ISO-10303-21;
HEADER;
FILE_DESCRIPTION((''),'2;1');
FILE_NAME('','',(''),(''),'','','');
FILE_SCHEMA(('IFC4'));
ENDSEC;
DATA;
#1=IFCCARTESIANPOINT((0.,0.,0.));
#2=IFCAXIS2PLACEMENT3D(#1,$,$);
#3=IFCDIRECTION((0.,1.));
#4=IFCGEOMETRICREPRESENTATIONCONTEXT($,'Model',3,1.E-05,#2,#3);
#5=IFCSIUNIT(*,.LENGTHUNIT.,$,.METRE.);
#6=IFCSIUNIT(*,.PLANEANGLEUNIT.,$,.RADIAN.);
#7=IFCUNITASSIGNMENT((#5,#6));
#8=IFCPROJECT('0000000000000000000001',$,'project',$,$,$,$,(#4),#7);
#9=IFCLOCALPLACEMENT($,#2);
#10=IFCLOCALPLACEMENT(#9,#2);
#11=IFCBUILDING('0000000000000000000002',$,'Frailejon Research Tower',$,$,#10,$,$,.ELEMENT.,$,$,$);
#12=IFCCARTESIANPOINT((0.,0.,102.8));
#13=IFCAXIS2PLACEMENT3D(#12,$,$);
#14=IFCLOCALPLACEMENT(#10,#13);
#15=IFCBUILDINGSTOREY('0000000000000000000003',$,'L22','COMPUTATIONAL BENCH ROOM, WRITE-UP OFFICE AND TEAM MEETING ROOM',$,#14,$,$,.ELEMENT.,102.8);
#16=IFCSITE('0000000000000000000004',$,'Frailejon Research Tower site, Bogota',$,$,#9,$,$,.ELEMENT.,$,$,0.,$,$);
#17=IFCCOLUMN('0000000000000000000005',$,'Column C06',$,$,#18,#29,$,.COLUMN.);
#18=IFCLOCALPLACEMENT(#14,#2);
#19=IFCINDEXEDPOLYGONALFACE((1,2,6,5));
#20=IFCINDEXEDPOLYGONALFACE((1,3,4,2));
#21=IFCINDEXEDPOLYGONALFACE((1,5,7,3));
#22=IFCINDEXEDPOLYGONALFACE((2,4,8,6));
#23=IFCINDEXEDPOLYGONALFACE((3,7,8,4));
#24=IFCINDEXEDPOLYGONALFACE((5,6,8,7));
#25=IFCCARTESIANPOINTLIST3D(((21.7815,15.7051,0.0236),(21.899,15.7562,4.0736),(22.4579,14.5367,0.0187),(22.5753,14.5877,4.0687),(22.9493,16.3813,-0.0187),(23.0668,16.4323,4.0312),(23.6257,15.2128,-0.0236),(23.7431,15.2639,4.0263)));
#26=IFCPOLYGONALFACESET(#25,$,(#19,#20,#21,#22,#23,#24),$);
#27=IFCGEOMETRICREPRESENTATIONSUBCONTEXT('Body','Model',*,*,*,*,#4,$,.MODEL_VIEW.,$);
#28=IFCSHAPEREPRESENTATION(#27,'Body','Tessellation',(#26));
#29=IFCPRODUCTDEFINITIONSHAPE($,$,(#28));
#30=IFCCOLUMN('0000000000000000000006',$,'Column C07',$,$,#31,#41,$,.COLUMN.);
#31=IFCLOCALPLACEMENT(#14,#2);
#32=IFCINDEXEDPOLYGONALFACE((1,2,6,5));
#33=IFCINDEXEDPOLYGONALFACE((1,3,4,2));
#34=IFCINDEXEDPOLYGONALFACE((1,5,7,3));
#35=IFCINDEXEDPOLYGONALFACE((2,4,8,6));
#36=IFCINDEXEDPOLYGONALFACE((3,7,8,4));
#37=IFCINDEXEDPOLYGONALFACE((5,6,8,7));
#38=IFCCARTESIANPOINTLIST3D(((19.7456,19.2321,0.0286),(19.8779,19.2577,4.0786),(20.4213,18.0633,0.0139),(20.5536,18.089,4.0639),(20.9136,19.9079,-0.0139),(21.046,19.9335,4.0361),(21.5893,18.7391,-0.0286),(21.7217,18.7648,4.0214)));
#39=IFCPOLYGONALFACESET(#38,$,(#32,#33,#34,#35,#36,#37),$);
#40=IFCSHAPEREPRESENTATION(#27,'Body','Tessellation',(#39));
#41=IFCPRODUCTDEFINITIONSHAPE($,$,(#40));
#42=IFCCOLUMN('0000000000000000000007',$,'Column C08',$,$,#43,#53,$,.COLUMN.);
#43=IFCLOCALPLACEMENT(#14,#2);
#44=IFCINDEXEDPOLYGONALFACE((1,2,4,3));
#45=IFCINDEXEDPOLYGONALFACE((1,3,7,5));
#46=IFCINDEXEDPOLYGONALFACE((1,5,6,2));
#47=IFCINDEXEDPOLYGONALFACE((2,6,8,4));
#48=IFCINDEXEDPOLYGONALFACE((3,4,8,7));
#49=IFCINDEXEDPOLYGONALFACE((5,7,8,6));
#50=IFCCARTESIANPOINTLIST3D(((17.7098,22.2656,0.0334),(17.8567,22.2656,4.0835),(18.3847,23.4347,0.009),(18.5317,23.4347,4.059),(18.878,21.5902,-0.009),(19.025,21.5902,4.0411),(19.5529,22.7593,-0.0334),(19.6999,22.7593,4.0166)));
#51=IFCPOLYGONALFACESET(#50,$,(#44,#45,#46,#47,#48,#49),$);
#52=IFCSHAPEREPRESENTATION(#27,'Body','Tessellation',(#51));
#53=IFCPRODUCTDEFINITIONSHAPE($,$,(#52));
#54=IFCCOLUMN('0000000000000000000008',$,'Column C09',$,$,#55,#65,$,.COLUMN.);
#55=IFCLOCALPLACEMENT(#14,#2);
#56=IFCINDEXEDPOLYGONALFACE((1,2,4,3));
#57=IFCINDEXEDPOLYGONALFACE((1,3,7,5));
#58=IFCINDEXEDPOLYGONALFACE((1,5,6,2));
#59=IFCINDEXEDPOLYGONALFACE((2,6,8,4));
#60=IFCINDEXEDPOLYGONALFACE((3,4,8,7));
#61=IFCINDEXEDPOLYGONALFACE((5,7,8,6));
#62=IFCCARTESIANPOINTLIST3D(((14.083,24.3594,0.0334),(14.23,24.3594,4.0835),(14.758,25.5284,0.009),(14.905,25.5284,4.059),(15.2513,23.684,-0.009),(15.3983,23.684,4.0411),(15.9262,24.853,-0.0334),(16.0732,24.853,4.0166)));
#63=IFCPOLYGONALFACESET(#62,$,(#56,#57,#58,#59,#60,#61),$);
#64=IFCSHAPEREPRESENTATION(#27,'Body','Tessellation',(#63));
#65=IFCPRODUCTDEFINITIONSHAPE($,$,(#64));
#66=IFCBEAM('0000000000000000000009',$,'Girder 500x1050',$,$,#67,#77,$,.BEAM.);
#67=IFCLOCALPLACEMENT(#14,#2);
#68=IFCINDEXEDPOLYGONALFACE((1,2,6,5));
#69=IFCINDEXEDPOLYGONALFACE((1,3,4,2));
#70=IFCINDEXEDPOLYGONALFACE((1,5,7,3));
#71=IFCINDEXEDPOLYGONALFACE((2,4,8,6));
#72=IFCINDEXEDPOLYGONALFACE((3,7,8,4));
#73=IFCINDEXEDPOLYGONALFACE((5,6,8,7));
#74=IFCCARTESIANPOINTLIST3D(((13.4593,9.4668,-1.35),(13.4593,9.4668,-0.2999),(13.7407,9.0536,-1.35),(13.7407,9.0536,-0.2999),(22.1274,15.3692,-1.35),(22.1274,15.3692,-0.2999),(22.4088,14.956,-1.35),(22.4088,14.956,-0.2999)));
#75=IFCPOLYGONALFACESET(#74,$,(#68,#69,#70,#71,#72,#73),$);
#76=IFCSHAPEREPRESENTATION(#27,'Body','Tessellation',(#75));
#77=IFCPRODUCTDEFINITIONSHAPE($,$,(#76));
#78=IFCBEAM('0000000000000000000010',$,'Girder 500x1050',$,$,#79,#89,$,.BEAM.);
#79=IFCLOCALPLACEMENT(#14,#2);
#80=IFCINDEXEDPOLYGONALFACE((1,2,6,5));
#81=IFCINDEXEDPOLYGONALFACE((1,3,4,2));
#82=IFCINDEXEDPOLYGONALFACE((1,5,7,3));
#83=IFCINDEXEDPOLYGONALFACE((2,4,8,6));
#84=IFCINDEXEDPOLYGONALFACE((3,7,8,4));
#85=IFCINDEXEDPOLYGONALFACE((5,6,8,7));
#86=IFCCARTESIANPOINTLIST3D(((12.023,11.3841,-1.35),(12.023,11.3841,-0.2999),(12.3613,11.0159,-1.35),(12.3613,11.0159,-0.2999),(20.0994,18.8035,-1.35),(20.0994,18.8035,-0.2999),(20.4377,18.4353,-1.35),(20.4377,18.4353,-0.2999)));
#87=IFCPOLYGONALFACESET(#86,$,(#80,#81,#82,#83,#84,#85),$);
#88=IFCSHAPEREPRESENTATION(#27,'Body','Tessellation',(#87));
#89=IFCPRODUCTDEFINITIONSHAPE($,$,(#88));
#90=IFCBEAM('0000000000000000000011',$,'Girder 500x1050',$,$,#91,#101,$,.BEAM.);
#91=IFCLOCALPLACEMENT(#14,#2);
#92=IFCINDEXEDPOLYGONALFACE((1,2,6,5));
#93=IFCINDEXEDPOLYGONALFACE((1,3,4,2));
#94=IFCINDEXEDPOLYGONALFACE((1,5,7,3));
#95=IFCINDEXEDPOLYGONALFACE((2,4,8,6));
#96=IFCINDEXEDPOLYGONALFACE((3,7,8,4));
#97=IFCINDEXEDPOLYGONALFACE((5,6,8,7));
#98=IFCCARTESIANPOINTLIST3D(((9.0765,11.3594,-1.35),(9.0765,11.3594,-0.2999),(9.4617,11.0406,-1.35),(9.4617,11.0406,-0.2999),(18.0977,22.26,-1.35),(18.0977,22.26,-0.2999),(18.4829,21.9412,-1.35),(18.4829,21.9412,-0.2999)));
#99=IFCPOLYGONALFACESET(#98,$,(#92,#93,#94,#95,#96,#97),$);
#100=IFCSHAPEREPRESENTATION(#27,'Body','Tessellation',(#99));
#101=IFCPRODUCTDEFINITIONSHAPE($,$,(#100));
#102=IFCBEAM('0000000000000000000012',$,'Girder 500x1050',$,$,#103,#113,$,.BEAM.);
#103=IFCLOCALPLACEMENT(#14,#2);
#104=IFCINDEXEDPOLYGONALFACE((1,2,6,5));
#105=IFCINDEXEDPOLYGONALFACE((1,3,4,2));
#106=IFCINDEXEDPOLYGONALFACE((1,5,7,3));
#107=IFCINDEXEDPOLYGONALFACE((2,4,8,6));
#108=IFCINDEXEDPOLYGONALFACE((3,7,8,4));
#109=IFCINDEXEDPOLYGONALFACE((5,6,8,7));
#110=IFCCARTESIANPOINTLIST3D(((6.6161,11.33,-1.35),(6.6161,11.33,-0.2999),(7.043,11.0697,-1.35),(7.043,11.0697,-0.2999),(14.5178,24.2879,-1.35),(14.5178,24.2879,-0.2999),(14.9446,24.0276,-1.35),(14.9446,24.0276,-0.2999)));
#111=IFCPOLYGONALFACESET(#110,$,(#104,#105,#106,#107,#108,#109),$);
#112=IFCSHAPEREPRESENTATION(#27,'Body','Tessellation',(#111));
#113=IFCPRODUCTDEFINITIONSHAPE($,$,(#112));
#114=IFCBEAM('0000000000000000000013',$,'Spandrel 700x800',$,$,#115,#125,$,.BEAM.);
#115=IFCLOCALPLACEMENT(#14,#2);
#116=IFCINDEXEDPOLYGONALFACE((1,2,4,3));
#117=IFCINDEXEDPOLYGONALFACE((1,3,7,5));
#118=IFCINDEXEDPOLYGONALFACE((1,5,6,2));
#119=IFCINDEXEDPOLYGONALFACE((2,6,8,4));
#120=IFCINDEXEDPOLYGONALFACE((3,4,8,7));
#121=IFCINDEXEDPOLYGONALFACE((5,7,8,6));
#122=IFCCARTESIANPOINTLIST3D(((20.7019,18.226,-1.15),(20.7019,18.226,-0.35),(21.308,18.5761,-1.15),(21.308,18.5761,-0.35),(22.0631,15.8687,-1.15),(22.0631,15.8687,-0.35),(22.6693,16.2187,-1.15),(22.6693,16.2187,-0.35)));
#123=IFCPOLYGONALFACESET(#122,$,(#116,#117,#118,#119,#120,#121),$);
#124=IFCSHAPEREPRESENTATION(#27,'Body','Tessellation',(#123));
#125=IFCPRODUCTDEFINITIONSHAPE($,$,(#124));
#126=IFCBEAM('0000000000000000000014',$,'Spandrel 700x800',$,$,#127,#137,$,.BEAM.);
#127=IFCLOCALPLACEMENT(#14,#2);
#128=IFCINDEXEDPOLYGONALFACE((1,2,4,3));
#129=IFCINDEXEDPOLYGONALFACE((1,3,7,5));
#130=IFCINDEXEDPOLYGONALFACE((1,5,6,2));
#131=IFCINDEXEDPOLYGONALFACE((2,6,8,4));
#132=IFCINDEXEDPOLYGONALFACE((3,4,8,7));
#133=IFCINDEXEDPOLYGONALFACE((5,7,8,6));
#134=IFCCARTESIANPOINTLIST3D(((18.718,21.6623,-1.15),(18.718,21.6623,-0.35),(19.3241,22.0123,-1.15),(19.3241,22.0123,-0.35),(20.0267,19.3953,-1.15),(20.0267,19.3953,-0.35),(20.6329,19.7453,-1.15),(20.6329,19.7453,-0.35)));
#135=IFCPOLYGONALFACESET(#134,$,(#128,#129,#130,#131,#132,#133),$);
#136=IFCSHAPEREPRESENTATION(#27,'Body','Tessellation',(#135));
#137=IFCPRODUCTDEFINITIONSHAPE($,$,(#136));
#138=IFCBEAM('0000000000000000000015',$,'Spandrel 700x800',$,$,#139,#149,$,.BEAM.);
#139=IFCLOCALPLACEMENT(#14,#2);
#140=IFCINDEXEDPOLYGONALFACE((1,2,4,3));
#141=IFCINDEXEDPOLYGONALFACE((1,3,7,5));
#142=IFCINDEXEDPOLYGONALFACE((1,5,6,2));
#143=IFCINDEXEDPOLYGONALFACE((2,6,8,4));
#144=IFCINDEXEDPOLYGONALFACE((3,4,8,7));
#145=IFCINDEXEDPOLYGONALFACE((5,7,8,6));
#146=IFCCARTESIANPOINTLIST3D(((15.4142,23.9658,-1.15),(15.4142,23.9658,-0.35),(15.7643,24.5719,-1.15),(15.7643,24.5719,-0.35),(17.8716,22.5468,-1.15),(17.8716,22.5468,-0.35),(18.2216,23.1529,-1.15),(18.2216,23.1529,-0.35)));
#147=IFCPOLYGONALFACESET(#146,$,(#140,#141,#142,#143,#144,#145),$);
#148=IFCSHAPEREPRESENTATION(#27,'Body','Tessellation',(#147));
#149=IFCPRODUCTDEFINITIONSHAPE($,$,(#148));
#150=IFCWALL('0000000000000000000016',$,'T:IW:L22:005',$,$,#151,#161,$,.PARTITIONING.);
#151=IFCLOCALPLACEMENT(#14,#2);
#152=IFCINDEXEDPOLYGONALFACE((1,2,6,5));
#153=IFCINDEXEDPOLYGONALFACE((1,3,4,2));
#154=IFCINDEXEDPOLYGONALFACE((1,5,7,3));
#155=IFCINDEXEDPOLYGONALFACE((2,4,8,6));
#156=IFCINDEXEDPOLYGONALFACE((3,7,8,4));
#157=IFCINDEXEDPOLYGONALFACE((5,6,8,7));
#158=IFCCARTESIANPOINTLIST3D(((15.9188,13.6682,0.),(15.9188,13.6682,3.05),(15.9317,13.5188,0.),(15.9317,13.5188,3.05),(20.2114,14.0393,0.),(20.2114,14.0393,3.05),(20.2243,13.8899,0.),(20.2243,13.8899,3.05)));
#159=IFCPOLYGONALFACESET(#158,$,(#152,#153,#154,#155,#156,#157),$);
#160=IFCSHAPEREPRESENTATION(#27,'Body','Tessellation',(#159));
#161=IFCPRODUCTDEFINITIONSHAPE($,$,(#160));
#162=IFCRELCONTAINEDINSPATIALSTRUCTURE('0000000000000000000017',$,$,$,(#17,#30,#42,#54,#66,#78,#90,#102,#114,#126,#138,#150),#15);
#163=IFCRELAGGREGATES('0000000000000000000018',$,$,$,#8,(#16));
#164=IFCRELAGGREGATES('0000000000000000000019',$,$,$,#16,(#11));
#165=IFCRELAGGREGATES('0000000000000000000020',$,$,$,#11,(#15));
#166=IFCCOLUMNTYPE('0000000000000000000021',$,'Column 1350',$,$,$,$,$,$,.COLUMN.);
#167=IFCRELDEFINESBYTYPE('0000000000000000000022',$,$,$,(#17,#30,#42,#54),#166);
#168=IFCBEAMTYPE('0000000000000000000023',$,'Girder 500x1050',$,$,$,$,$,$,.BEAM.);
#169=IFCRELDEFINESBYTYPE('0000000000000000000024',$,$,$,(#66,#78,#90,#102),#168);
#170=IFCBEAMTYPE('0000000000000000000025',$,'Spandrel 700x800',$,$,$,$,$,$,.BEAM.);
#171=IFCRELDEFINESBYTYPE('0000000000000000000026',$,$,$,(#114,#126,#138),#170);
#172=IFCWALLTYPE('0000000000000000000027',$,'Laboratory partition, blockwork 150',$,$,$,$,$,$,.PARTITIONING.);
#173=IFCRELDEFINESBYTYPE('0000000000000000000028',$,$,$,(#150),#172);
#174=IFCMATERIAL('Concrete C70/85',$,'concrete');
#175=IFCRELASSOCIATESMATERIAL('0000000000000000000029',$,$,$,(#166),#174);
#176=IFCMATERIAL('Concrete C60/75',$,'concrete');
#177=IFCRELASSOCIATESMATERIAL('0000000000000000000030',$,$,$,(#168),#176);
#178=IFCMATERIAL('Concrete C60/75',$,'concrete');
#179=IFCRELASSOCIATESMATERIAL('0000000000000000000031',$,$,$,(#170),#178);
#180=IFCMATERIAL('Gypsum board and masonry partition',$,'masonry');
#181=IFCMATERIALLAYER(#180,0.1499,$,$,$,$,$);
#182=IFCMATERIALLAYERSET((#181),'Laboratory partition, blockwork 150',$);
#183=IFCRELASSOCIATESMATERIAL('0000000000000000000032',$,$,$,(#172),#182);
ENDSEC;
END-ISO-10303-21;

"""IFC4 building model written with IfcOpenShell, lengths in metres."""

from ifc_helpers import new_model, si_unit, direction, frame, frame_2d, origin, origin_2d, place, context, subcontext, project, spatial, rectangle, extrude, material, layer, layer_set, material_profile, profile_set, type_object, element, save


model = new_model("IFC4")

# Units and contexts
model_context = context("Model", 3, precision=1e-05, world=origin(), true_north=direction((0.0, 1.0)))
body_context = subcontext(model_context, "Body", "Model", "MODEL_VIEW")
ifc_project = project(units=[si_unit("LENGTHUNIT", "METRE"), si_unit("PLANEANGLEUNIT", "RADIAN")], contexts=[model_context])

# Site, building, storey
site_placement = place(None, origin())
site = spatial("IfcSite", under=ifc_project, at=site_placement, Name="Frailejon Research Tower site, Bogota", CompositionType="ELEMENT", RefElevation=0.0)
building_placement = place(site_placement, origin())
building = spatial("IfcBuilding", under=site, at=building_placement, Name="Frailejon Research Tower", CompositionType="ELEMENT")
storey_placement = place(building_placement, frame((0.0, 0.0, 102.8)))
storey = spatial("IfcBuildingStorey", under=building, at=storey_placement, Name="L22", Description="COMPUTATIONAL BENCH ROOM, WRITE-UP OFFICE AND TEAM MEETING ROOM", CompositionType="ELEMENT", Elevation=102.8)

# Columns
ifc_material_1 = material(Name="Concrete C70/85", Category="concrete")
ifc_material_profile_1 = material_profile(ifc_material_1, rectangle(XDim=1.3501, YDim=1.3501, at=origin_2d()), Name="Column 1350")
ifc_profile_set_1 = profile_set([ifc_material_profile_1], Name="Concrete C70/85")
column_type = type_object("IfcColumnType", Name="Column 1350", PredefinedType="COLUMN", material=ifc_profile_set_1)
column_1_placement = place(storey_placement, frame((22.7036, 15.459, 0.0), z_axis=(0.028981, 0.012592, 0.999501), x_axis=(-0.500966, 0.865459, 0.003622)))
element("IfcColumn", 1, at=column_1_placement, inside=storey, type_object=column_type, Name="Column C06", PredefinedType="COLUMN", context=body_context, shape_type="SweptSolid", body=[
    extrude(rectangle(XDim=1.3501, YDim=1.3501, at=origin_2d()), origin(), (0.0, 0.0, 1.0), 4.052),
])
column_2_placement = place(storey_placement, frame((20.6675, 18.9856, 0.0), z_axis=(0.032654, 0.006326, 0.999447), x_axis=(-0.500479, 0.865681, 0.010872)))
element("IfcColumn", 2, at=column_2_placement, inside=storey, type_object=column_type, Name="Column C07", PredefinedType="COLUMN", context=body_context, shape_type="SweptSolid", body=[
    extrude(rectangle(XDim=1.3501, YDim=1.3501, at=origin_2d()), origin(), (0.0, 0.0, 1.0), 4.0522),
])
for number, where, z_axis, x_axis, name in (
    (3, (18.6313, 22.5125, 0.0), (0.036265, 0.0, 0.999342), (-0.865314, 0.500246, 0.031401), "Column C08"),
    (4, (15.0046, 24.6062, 0.0), (0.036265, 0.0, 0.999342), (-0.865314, 0.500246, 0.031401), "Column C09"),
):
    element("IfcColumn", number, at=place(storey_placement, frame(where, z_axis=z_axis, x_axis=x_axis)), inside=storey, type_object=column_type, Name=name, PredefinedType="COLUMN", context=body_context, shape_type="SweptSolid", body=[
        extrude(rectangle(XDim=1.3501, YDim=1.3501, at=origin_2d()), origin(), (0.0, 0.0, 1.0), 4.0527),
    ])

# Beams
ifc_material_2 = material(Name="Concrete C60/75", Category="concrete")
ifc_material_profile_2 = material_profile(ifc_material_2, rectangle(XDim=0.5, YDim=1.05, at=origin_2d()), Name="Girder 500x1050")
ifc_profile_set_2 = profile_set([ifc_material_profile_2], Name="Concrete C60/75")
beam_type_1 = type_object("IfcBeamType", Name="Girder 500x1050", PredefinedType="BEAM", material=ifc_profile_set_2)
beam_1_placement = place(storey_placement, frame((22.2681, 15.1626, -0.825), z_axis=(-0.826566, -0.56284, 0.0), x_axis=(0.56284, -0.826566, 0.0)))
element("IfcBeam", 5, at=beam_1_placement, inside=storey, type_object=beam_type_1, Name="Girder 500x1050", PredefinedType="BEAM", context=body_context, shape_type="SweptSolid", body=[
    extrude(rectangle(XDim=0.5, YDim=1.05, at=origin_2d()), origin(), (0.0, 0.0, 1.0), 10.4868),
])
beam_2_placement = place(storey_placement, frame((20.2686, 18.6194, -0.825), z_axis=(-0.736425, -0.67652, 0.0), x_axis=(0.67652, -0.736425, 0.0)))
element("IfcBeam", 6, at=beam_2_placement, inside=storey, type_object=beam_type_1, Name="Girder 500x1050", PredefinedType="BEAM", context=body_context, shape_type="SweptSolid", body=[
    extrude(rectangle(XDim=0.5, YDim=1.05, at=origin_2d()), origin(), (0.0, 0.0, 1.0), 10.967),
])
beam_3_placement = place(storey_placement, frame((18.2903, 22.1006, -0.825), z_axis=(-0.637569, -0.770393, 0.0), x_axis=(0.770393, -0.637569, 0.0)))
element("IfcBeam", 7, at=beam_3_placement, inside=storey, type_object=beam_type_1, Name="Girder 500x1050", PredefinedType="BEAM", context=body_context, shape_type="SweptSolid", body=[
    extrude(rectangle(XDim=0.5, YDim=1.05, at=origin_2d()), origin(), (0.0, 0.0, 1.0), 14.1494),
])
beam_4_placement = place(storey_placement, frame((14.7312, 24.1577, -0.825), z_axis=(-0.520633, -0.85378, 0.0), x_axis=(0.85378, -0.520633, 0.0)))
element("IfcBeam", 8, at=beam_4_placement, inside=storey, type_object=beam_type_1, Name="Girder 500x1050", PredefinedType="BEAM", context=body_context, shape_type="SweptSolid", body=[
    extrude(rectangle(XDim=0.5, YDim=1.05, at=origin_2d()), origin(), (0.0, 0.0, 1.0), 15.177),
])
ifc_material_3 = material(Name="Concrete C60/75", Category="concrete")
ifc_material_profile_3 = material_profile(ifc_material_3, rectangle(XDim=0.7, YDim=0.8, at=origin_2d()), Name="Spandrel 700x800")
ifc_profile_set_3 = profile_set([ifc_material_profile_3], Name="Concrete C60/75")
beam_type_2 = type_object("IfcBeamType", Name="Spandrel 700x800", PredefinedType="BEAM", material=ifc_profile_set_3)
beam_5_placement = place(storey_placement, frame((22.3662, 16.0437, -0.75), z_axis=(-0.500074, 0.865982, 0.0), x_axis=(-0.865982, -0.500074, 0.0)))
element("IfcBeam", 9, at=beam_5_placement, inside=storey, type_object=beam_type_2, Name="Spandrel 700x800", PredefinedType="BEAM", context=body_context, shape_type="SweptSolid", body=[
    extrude(rectangle(XDim=0.7, YDim=0.8, at=origin_2d()), origin(), (0.0, 0.0, 1.0), 2.7222),
])
beam_6_placement = place(storey_placement, frame((20.3298, 19.5703, -0.75), z_axis=(-0.499981, 0.866036, 0.0), x_axis=(-0.866036, -0.499981, 0.0)))
element("IfcBeam", 10, at=beam_6_placement, inside=storey, type_object=beam_type_2, Name="Spandrel 700x800", PredefinedType="BEAM", context=body_context, shape_type="SweptSolid", body=[
    extrude(rectangle(XDim=0.7, YDim=0.8, at=origin_2d()), origin(), (0.0, 0.0, 1.0), 2.6177),
])
beam_7_placement = place(storey_placement, frame((18.0466, 22.8499, -0.75), z_axis=(-0.865989, 0.500063, 0.0), x_axis=(-0.500063, -0.865989, 0.0)))
element("IfcBeam", 11, at=beam_7_placement, inside=storey, type_object=beam_type_2, Name="Spandrel 700x800", PredefinedType="BEAM", context=body_context, shape_type="SweptSolid", body=[
    extrude(rectangle(XDim=0.7, YDim=0.8, at=origin_2d()), origin(), (0.0, 0.0, 1.0), 2.8376),
])

# Wall
ifc_material_4 = material(Name="Gypsum board and masonry partition", Category="masonry")
ifc_layer_1 = layer(ifc_material_4, 0.1499)
ifc_layer_set_1 = layer_set([ifc_layer_1], Name="Laboratory partition, blockwork 150")
wall_type_1 = type_object("IfcWallType", Name="Laboratory partition, blockwork 150", PredefinedType="PARTITIONING", material=ifc_layer_set_1)
wall_1_placement = place(storey_placement, frame((15.9253, 13.5935, 0.0), z_axis=(0.0, 0.0, 1.0), x_axis=(0.996284, 0.086131, 0.0)))
element("IfcWall", 12, at=wall_1_placement, inside=storey, type_object=wall_type_1, Name="T:IW:L22:005", PredefinedType="PARTITIONING", context=body_context, shape_type="SweptSolid", body=[
    extrude(rectangle(XDim=4.3086, YDim=0.1499, at=frame_2d((2.1543, 0.0))), origin(), (0.0, 0.0, 1.0), 3.05),
])

save(model, "model.ifc")
